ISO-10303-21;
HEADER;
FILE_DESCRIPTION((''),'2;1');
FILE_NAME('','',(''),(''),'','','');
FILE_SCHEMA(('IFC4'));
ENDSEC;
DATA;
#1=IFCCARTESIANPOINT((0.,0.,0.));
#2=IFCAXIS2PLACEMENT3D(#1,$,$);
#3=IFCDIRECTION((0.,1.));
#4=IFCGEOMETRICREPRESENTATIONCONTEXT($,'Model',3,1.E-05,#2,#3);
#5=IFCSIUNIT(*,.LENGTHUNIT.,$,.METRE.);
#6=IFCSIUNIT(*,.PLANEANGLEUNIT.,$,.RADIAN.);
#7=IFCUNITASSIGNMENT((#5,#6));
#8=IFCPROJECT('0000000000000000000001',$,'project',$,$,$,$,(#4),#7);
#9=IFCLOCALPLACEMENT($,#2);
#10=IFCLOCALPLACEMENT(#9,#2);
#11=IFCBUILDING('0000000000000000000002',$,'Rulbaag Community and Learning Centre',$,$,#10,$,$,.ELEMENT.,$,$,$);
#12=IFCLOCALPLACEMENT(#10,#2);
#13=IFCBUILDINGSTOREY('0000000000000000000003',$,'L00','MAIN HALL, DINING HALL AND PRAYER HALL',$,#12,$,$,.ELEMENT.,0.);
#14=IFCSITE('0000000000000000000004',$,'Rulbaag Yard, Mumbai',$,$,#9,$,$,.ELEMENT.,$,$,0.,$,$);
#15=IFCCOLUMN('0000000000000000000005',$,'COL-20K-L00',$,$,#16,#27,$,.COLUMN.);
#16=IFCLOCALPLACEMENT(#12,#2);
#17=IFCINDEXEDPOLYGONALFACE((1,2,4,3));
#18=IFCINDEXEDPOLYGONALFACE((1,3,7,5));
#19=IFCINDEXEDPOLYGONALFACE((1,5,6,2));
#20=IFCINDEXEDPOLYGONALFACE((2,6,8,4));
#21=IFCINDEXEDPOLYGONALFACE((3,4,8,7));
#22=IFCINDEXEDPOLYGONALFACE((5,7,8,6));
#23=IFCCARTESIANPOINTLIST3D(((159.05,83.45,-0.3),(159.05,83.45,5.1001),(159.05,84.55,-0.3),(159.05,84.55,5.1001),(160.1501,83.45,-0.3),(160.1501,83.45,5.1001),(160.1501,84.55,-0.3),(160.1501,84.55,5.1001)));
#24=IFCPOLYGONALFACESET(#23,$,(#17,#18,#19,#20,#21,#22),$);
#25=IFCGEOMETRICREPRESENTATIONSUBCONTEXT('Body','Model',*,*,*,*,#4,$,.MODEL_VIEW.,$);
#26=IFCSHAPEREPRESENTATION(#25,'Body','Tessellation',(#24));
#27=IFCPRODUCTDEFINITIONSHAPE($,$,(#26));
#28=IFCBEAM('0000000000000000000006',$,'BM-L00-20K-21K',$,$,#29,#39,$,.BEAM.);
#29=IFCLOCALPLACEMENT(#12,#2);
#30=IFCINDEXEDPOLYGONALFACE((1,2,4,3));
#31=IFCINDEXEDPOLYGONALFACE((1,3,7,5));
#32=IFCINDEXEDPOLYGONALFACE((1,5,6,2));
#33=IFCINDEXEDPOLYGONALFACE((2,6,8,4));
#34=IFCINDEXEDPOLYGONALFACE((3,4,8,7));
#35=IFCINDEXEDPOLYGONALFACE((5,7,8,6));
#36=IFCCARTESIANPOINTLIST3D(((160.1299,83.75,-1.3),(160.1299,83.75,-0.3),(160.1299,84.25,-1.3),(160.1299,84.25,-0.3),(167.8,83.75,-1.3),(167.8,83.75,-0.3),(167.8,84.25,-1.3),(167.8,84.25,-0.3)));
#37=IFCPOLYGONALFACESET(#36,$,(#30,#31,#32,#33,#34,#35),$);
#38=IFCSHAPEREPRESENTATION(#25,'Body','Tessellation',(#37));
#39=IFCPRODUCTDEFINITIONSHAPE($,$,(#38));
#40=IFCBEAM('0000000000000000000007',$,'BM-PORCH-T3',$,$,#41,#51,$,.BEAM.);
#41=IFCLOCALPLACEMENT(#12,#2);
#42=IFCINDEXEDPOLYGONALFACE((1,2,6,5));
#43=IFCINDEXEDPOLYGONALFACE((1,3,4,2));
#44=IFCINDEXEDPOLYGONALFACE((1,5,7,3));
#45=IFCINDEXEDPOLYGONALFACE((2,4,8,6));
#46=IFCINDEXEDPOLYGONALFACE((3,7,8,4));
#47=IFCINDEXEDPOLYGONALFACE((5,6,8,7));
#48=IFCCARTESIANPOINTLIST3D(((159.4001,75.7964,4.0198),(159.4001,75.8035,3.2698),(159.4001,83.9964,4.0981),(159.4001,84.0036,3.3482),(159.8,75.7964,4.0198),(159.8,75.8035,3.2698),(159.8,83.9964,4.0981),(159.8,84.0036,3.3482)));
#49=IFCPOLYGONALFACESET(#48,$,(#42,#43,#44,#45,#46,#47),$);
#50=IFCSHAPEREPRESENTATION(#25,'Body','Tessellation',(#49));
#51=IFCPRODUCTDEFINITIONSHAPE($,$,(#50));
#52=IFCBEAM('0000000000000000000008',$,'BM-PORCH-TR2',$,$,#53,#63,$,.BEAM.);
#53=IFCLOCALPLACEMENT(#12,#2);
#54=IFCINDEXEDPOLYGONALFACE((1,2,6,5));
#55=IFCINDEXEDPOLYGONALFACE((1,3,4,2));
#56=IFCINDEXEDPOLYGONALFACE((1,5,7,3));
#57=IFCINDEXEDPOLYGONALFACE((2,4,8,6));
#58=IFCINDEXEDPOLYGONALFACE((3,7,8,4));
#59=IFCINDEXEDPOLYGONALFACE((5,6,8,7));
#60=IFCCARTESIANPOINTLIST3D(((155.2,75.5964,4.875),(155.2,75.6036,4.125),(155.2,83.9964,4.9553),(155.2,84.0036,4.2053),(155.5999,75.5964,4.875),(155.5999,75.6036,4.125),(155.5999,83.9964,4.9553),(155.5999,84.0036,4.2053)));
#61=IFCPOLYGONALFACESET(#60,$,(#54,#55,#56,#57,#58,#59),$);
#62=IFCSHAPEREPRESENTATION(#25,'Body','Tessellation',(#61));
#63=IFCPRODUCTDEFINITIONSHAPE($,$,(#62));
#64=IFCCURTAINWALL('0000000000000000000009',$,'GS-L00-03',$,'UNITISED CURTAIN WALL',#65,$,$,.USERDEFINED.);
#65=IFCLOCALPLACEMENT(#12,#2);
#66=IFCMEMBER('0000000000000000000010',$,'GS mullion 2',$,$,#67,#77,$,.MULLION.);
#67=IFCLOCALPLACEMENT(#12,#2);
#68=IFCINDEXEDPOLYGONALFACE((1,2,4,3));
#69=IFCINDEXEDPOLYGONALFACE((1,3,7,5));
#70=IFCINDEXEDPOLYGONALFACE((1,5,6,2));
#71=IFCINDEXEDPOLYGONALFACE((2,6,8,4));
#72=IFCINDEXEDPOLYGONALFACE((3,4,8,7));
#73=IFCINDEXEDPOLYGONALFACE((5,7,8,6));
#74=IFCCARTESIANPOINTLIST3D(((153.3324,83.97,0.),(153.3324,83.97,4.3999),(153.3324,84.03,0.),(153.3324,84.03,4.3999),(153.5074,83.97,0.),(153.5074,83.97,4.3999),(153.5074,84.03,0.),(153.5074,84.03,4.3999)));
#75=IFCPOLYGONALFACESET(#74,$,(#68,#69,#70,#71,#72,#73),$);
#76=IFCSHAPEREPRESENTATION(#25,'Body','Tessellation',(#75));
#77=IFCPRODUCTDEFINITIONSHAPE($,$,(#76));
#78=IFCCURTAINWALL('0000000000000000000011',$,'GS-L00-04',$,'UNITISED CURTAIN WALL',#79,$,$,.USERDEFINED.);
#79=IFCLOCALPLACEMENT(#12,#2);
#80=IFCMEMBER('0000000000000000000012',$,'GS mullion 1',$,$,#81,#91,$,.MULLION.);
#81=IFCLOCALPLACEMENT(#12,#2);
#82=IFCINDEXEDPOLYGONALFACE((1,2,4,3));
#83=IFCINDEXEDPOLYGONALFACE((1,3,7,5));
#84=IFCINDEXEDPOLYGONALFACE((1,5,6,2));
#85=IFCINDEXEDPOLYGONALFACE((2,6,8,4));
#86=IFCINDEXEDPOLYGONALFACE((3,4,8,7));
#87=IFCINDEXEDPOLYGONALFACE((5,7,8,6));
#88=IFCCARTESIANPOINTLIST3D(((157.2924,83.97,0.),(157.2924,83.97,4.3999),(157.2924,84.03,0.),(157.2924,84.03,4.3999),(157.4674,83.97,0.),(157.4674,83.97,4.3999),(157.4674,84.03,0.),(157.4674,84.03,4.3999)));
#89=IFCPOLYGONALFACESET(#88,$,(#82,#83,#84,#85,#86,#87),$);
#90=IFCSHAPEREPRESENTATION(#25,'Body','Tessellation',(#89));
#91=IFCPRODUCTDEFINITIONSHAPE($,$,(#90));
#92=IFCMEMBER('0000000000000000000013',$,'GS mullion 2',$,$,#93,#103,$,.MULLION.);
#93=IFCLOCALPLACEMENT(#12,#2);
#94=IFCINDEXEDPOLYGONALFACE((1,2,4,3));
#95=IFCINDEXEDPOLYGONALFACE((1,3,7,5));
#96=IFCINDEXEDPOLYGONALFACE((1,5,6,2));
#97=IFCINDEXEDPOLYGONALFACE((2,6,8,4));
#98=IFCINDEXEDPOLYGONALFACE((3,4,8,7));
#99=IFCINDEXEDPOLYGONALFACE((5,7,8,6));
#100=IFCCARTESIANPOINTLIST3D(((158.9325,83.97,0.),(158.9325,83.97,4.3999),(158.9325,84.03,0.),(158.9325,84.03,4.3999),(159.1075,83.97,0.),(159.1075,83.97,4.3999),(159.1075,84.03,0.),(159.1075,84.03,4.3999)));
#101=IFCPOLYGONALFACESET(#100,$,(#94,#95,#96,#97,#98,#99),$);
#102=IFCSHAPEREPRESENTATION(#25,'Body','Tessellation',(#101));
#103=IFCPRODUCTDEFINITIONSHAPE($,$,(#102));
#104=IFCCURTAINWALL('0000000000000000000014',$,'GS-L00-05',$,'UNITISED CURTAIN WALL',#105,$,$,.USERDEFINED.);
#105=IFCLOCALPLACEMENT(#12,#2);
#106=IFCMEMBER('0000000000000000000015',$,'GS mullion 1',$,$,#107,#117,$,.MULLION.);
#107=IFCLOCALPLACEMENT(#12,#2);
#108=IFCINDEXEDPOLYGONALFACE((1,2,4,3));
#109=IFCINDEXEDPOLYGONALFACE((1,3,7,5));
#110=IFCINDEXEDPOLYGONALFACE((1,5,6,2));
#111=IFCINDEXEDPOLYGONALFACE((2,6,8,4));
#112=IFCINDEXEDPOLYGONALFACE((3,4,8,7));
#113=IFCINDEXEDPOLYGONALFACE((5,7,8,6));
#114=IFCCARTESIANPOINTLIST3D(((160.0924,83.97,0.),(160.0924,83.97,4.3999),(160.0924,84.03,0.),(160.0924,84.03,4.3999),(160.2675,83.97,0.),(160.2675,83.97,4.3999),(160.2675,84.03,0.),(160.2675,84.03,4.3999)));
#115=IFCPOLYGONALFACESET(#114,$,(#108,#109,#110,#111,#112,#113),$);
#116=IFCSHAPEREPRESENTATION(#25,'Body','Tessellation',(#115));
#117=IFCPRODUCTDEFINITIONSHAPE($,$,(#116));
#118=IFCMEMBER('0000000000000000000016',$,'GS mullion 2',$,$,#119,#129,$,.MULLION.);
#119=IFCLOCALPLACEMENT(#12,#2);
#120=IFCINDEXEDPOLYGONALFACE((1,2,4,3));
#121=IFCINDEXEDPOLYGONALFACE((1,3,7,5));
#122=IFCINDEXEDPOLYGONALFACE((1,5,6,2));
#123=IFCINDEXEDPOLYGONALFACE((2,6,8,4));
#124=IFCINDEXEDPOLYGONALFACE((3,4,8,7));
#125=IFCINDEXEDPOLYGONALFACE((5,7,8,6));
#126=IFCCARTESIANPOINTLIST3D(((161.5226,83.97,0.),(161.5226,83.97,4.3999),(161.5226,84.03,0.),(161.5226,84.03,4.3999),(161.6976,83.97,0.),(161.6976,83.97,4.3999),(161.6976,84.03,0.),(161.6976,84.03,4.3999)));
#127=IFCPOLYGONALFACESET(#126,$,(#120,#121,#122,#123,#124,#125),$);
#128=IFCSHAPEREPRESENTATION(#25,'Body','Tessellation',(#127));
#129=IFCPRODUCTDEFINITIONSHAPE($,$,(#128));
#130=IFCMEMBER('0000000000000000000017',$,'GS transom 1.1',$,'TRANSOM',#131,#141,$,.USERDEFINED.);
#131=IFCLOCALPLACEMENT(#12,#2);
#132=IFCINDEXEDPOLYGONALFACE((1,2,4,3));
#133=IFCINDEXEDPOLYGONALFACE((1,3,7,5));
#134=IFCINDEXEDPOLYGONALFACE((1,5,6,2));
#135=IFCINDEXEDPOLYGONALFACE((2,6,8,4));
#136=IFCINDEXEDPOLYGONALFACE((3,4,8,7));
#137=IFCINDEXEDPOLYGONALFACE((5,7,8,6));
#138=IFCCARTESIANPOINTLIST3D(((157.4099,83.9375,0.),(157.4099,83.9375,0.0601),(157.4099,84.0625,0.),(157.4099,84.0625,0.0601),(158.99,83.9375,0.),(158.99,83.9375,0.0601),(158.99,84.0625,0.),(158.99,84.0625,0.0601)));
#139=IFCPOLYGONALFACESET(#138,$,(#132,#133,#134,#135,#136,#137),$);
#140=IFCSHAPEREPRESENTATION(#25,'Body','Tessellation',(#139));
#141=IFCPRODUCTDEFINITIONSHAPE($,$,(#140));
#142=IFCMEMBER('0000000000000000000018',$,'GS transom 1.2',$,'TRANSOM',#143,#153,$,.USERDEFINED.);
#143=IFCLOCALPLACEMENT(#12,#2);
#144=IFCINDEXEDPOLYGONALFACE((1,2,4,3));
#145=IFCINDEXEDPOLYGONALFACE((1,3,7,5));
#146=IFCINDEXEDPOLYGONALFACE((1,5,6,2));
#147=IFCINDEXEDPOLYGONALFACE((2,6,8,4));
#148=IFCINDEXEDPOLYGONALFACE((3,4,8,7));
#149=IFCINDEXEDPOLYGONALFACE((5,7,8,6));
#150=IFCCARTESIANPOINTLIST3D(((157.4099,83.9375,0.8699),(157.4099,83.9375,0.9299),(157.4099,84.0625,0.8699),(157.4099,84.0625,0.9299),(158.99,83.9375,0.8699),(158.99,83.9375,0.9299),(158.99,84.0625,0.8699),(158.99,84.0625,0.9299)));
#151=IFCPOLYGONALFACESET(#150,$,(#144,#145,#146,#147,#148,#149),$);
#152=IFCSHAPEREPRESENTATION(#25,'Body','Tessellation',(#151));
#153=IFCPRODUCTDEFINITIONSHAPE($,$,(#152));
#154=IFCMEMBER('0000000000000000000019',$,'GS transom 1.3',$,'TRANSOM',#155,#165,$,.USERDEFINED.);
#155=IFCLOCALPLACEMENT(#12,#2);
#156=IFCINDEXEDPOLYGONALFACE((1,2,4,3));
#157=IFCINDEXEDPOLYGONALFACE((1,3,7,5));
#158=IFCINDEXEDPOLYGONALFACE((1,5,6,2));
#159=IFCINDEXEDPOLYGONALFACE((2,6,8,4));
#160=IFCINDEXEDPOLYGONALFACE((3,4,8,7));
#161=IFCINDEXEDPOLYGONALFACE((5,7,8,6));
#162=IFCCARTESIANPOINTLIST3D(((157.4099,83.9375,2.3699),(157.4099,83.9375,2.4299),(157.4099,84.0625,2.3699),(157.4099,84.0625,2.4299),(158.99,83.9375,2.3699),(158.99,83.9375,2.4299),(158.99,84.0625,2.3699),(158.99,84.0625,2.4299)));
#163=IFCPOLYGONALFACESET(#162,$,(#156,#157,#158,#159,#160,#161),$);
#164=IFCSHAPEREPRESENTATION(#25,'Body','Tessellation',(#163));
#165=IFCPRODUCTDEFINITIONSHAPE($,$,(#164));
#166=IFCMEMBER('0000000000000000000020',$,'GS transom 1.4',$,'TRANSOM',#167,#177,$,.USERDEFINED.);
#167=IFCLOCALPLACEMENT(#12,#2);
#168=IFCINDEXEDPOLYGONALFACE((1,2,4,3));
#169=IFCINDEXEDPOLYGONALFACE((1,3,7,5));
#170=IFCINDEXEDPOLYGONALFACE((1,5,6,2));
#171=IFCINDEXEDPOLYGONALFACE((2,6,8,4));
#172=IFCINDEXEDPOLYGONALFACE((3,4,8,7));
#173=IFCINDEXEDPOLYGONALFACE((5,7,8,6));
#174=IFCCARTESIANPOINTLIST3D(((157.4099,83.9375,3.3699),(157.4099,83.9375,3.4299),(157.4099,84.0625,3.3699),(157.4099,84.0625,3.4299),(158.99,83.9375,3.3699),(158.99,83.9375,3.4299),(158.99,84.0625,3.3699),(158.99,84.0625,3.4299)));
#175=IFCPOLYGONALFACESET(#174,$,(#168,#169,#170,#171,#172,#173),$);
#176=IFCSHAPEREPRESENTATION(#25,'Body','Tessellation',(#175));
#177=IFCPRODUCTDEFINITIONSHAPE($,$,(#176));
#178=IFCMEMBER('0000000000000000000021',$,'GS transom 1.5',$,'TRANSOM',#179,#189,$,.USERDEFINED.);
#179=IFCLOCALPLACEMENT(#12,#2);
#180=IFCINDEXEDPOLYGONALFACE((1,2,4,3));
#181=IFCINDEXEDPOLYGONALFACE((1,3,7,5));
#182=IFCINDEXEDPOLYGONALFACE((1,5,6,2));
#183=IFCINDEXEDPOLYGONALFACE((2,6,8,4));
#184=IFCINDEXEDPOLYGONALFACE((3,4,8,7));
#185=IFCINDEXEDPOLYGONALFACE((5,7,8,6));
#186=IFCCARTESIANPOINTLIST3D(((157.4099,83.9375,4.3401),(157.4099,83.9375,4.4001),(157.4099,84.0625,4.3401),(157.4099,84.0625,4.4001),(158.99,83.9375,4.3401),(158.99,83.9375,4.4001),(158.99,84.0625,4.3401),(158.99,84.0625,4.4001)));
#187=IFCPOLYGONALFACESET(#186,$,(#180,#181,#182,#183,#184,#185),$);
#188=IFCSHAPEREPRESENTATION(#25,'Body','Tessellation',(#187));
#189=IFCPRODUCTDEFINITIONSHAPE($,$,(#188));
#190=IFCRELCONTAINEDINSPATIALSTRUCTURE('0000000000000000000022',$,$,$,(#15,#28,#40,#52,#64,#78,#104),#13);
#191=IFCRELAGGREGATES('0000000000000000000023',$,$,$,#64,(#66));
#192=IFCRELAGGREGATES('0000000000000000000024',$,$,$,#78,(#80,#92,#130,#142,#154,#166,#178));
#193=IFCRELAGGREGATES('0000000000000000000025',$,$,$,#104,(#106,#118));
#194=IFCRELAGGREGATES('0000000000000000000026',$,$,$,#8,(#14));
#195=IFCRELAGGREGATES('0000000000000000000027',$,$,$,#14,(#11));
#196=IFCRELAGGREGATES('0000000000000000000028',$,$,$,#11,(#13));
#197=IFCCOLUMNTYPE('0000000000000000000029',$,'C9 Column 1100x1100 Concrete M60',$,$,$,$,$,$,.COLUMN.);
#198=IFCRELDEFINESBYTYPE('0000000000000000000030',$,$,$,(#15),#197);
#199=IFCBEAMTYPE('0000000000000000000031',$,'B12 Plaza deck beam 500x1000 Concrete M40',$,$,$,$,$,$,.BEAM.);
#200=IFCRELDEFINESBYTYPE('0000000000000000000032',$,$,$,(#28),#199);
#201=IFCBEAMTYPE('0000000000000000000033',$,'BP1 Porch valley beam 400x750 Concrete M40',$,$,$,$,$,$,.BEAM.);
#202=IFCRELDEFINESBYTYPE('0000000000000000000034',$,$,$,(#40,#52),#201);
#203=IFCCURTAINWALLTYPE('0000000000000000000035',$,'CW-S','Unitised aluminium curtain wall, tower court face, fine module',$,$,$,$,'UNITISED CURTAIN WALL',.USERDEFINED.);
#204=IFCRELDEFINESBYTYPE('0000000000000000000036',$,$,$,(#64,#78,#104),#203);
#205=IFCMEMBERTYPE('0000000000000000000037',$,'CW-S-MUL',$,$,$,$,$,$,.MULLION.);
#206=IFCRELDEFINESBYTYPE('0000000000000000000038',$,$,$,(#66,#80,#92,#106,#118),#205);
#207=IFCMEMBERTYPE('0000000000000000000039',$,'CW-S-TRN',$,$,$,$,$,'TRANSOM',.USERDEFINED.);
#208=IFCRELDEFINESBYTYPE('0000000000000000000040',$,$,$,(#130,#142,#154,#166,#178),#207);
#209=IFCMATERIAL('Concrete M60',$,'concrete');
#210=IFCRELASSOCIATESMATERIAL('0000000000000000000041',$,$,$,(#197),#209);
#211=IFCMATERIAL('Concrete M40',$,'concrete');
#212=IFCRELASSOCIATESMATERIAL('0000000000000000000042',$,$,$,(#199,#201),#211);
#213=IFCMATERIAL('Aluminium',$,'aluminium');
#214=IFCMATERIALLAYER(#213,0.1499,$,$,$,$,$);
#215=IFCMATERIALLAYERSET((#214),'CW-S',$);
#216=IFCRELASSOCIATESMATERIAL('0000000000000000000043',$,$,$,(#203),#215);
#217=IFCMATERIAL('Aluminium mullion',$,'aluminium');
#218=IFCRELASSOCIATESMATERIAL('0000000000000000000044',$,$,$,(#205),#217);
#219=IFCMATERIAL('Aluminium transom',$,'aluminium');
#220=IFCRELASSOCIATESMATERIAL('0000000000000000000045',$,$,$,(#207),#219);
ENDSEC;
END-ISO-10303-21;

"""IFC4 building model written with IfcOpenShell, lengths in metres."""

from ifc_helpers import new_model, si_unit, direction, frame, origin, origin_2d, place, context, subcontext, project, spatial, rectangle, extrude, material, layer, layer_set, material_profile, profile_set, type_object, element, aggregate, save


model = new_model("IFC4")

# Units and contexts
model_context = context("Model", 3, precision=1e-05, world=origin(), true_north=direction((0.0, 1.0)))
body_context = subcontext(model_context, "Body", "Model", "MODEL_VIEW")
ifc_project = project(units=[si_unit("LENGTHUNIT", "METRE"), si_unit("PLANEANGLEUNIT", "RADIAN")], contexts=[model_context])

# Site, building, storey
site_placement = place(None, origin())
site = spatial("IfcSite", under=ifc_project, at=site_placement, Name="Rulbaag Yard, Mumbai", CompositionType="ELEMENT", RefElevation=0.0)
building_placement = place(site_placement, origin())
building = spatial("IfcBuilding", under=site, at=building_placement, Name="Rulbaag Community and Learning Centre", CompositionType="ELEMENT")
storey_placement = place(building_placement, origin())
storey = spatial("IfcBuildingStorey", under=building, at=storey_placement, Name="L00", Description="MAIN HALL, DINING HALL AND PRAYER HALL", CompositionType="ELEMENT", Elevation=0.0)

# Column
ifc_material_1 = material(Name="Concrete M60", Category="concrete")
ifc_material_profile_1 = material_profile(ifc_material_1, rectangle(XDim=1.1001, YDim=1.1001, at=origin_2d()), Name="RC1100x1100")
ifc_profile_set_1 = profile_set([ifc_material_profile_1], Name="Concrete M60")
column_type = type_object("IfcColumnType", Name="C9 Column 1100x1100 Concrete M60", PredefinedType="COLUMN", material=ifc_profile_set_1)
column_placement = place(storey_placement, frame((159.6001, 84.0, -0.3), z_axis=(0.0, 0.0, 1.0), x_axis=(1.0, 0.0, 0.0)))
element("IfcColumn", 1, at=column_placement, inside=storey, type_object=column_type, Name="COL-20K-L00", PredefinedType="COLUMN", context=body_context, shape_type="SweptSolid", body=[
    extrude(rectangle(XDim=1.1001, YDim=1.1001, at=origin_2d()), origin(), (0.0, 0.0, 1.0), 5.4001),
])

# Beams
ifc_material_2 = material(Name="Concrete M40", Category="concrete")
ifc_material_profile_2 = material_profile(ifc_material_2, rectangle(XDim=0.5, YDim=1.0, at=origin_2d()), Name="RB500x1000")
ifc_profile_set_2 = profile_set([ifc_material_profile_2], Name="Concrete M40")
beam_type_1 = type_object("IfcBeamType", Name="B12 Plaza deck beam 500x1000 Concrete M40", PredefinedType="BEAM", material=ifc_profile_set_2)
beam_1_placement = place(storey_placement, frame((160.1299, 84.0, -0.8), z_axis=(1.0, 0.0, 0.0), x_axis=(0.0, 1.0, 0.0)))
element("IfcBeam", 2, at=beam_1_placement, inside=storey, type_object=beam_type_1, Name="BM-L00-20K-21K", PredefinedType="BEAM", context=body_context, shape_type="SweptSolid", body=[
    extrude(rectangle(XDim=0.5, YDim=1.0, at=origin_2d()), origin(), (0.0, 0.0, 1.0), 7.6702),
])
ifc_material_profile_3 = material_profile(ifc_material_2, rectangle(XDim=0.3999, YDim=0.75, at=origin_2d()), Name="RB400x750")
ifc_profile_set_3 = profile_set([ifc_material_profile_3], Name="Concrete M40")
beam_type_2 = type_object("IfcBeamType", Name="BP1 Porch valley beam 400x750 Concrete M40", PredefinedType="BEAM", material=ifc_profile_set_3)
beam_2_placement = place(storey_placement, frame((159.6001, 84.0, 3.7231), z_axis=(0.0, -0.999954, -0.009557), x_axis=(1.0, 0.0, 0.0)))
element("IfcBeam", 3, at=beam_2_placement, inside=storey, type_object=beam_type_2, Name="BM-PORCH-T3", PredefinedType="BEAM", context=body_context, shape_type="SweptSolid", body=[
    extrude(rectangle(XDim=0.3999, YDim=0.75, at=origin_2d()), origin(), (0.0, 0.0, 1.0), 8.2004),
])
beam_3_placement = place(storey_placement, frame((155.3999, 84.0, 4.5803), z_axis=(0.0, -0.999954, -0.009562), x_axis=(1.0, 0.0, 0.0)))
element("IfcBeam", 4, at=beam_3_placement, inside=storey, type_object=beam_type_2, Name="BM-PORCH-TR2", PredefinedType="BEAM", context=body_context, shape_type="SweptSolid", body=[
    extrude(rectangle(XDim=0.3999, YDim=0.75, at=origin_2d()), origin(), (0.0, 0.0, 1.0), 8.4004),
])

# Curtain wall, member
ifc_material_3 = material(Name="Aluminium", Category="aluminium")
ifc_layer_1 = layer(ifc_material_3, 0.1499)
ifc_layer_set_1 = layer_set([ifc_layer_1], Name="CW-S")
curtain_wall_type = type_object("IfcCurtainWallType", Name="CW-S", Description="Unitised aluminium curtain wall, tower court face, fine module", ElementType="UNITISED CURTAIN WALL", PredefinedType="USERDEFINED", material=ifc_layer_set_1)
curtain_wall_1_placement = place(storey_placement, origin())
curtain_wall_1 = element("IfcCurtainWall", 5, at=curtain_wall_1_placement, inside=storey, type_object=curtain_wall_type, Name="GS-L00-03", ObjectType="UNITISED CURTAIN WALL", PredefinedType="USERDEFINED")
ifc_material_4 = material(Name="Aluminium mullion", Category="aluminium")
ifc_material_profile_4 = material_profile(ifc_material_4, rectangle(XDim=0.0601, YDim=0.175, at=origin_2d()), Name="AL 60x175")
ifc_profile_set_4 = profile_set([ifc_material_profile_4], Name="Aluminium mullion")
member_type_1 = type_object("IfcMemberType", Name="CW-S-MUL", PredefinedType="MULLION", material=ifc_profile_set_4)
member_1_placement = place(storey_placement, frame((153.4199, 84.0, 0.0), z_axis=(0.0, 0.0, 1.0), x_axis=(0.0, 1.0, 0.0)))
member_1 = element("IfcMember", 6, at=member_1_placement, type_object=member_type_1, Name="GS mullion 2", PredefinedType="MULLION", context=body_context, shape_type="SweptSolid", body=[
    extrude(rectangle(XDim=0.0601, YDim=0.175, at=origin_2d()), origin(), (0.0, 0.0, 1.0), 4.3999),
])

# Curtain walls, members
curtain_wall_2_placement = place(storey_placement, origin())
curtain_wall_2 = element("IfcCurtainWall", 7, at=curtain_wall_2_placement, inside=storey, type_object=curtain_wall_type, Name="GS-L00-04", ObjectType="UNITISED CURTAIN WALL", PredefinedType="USERDEFINED")
member_2_placement = place(storey_placement, frame((157.3799, 84.0, 0.0), z_axis=(0.0, 0.0, 1.0), x_axis=(0.0, 1.0, 0.0)))
member_2 = element("IfcMember", 8, at=member_2_placement, type_object=member_type_1, Name="GS mullion 1", PredefinedType="MULLION", context=body_context, shape_type="SweptSolid", body=[
    extrude(rectangle(XDim=0.0601, YDim=0.175, at=origin_2d()), origin(), (0.0, 0.0, 1.0), 4.3999),
])
member_3_placement = place(storey_placement, frame((159.02, 84.0, 0.0), z_axis=(0.0, 0.0, 1.0), x_axis=(0.0, 1.0, 0.0)))
member_3 = element("IfcMember", 9, at=member_3_placement, type_object=member_type_1, Name="GS mullion 2", PredefinedType="MULLION", context=body_context, shape_type="SweptSolid", body=[
    extrude(rectangle(XDim=0.0601, YDim=0.175, at=origin_2d()), origin(), (0.0, 0.0, 1.0), 4.3999),
])
curtain_wall_3_placement = place(storey_placement, origin())
curtain_wall_3 = element("IfcCurtainWall", 10, at=curtain_wall_3_placement, inside=storey, type_object=curtain_wall_type, Name="GS-L00-05", ObjectType="UNITISED CURTAIN WALL", PredefinedType="USERDEFINED")
member_4_placement = place(storey_placement, frame((160.1799, 84.0, 0.0), z_axis=(0.0, 0.0, 1.0), x_axis=(0.0, 1.0, 0.0)))
member_4 = element("IfcMember", 11, at=member_4_placement, type_object=member_type_1, Name="GS mullion 1", PredefinedType="MULLION", context=body_context, shape_type="SweptSolid", body=[
    extrude(rectangle(XDim=0.0601, YDim=0.175, at=origin_2d()), origin(), (0.0, 0.0, 1.0), 4.3999),
])
member_5_placement = place(storey_placement, frame((161.6101, 84.0, 0.0), z_axis=(0.0, 0.0, 1.0), x_axis=(0.0, 1.0, 0.0)))
member_5 = element("IfcMember", 12, at=member_5_placement, type_object=member_type_1, Name="GS mullion 2", PredefinedType="MULLION", context=body_context, shape_type="SweptSolid", body=[
    extrude(rectangle(XDim=0.0601, YDim=0.175, at=origin_2d()), origin(), (0.0, 0.0, 1.0), 4.3999),
])

# Members
ifc_material_5 = material(Name="Aluminium transom", Category="aluminium")
ifc_material_profile_5 = material_profile(ifc_material_5, rectangle(XDim=0.125, YDim=0.0601, at=origin_2d()), Name="AL 60x125 T")
ifc_profile_set_5 = profile_set([ifc_material_profile_5], Name="Aluminium transom")
member_type_2 = type_object("IfcMemberType", Name="CW-S-TRN", ElementType="TRANSOM", PredefinedType="USERDEFINED", material=ifc_profile_set_5)
member_6_placement = place(storey_placement, frame((157.4099, 84.0, 0.03), z_axis=(1.0, 0.0, 0.0), x_axis=(0.0, 1.0, 0.0)))
member_6 = element("IfcMember", 13, at=member_6_placement, type_object=member_type_2, Name="GS transom 1.1", ObjectType="TRANSOM", PredefinedType="USERDEFINED", context=body_context, shape_type="SweptSolid", body=[
    extrude(rectangle(XDim=0.125, YDim=0.0601, at=origin_2d()), origin(), (0.0, 0.0, 1.0), 1.5801),
])
member_7_placement = place(storey_placement, frame((157.4099, 84.0, 0.8999), z_axis=(1.0, 0.0, 0.0), x_axis=(0.0, 1.0, 0.0)))
member_7 = element("IfcMember", 14, at=member_7_placement, type_object=member_type_2, Name="GS transom 1.2", ObjectType="TRANSOM", PredefinedType="USERDEFINED", context=body_context, shape_type="SweptSolid", body=[
    extrude(rectangle(XDim=0.125, YDim=0.0601, at=origin_2d()), origin(), (0.0, 0.0, 1.0), 1.5801),
])
member_8_placement = place(storey_placement, frame((157.4099, 84.0, 2.3999), z_axis=(1.0, 0.0, 0.0), x_axis=(0.0, 1.0, 0.0)))
member_8 = element("IfcMember", 15, at=member_8_placement, type_object=member_type_2, Name="GS transom 1.3", ObjectType="TRANSOM", PredefinedType="USERDEFINED", context=body_context, shape_type="SweptSolid", body=[
    extrude(rectangle(XDim=0.125, YDim=0.0601, at=origin_2d()), origin(), (0.0, 0.0, 1.0), 1.5801),
])
member_9_placement = place(storey_placement, frame((157.4099, 84.0, 3.3999), z_axis=(1.0, 0.0, 0.0), x_axis=(0.0, 1.0, 0.0)))
member_9 = element("IfcMember", 16, at=member_9_placement, type_object=member_type_2, Name="GS transom 1.4", ObjectType="TRANSOM", PredefinedType="USERDEFINED", context=body_context, shape_type="SweptSolid", body=[
    extrude(rectangle(XDim=0.125, YDim=0.0601, at=origin_2d()), origin(), (0.0, 0.0, 1.0), 1.5801),
])
member_10_placement = place(storey_placement, frame((157.4099, 84.0, 4.3701), z_axis=(1.0, 0.0, 0.0), x_axis=(0.0, 1.0, 0.0)))
member_10 = element("IfcMember", 17, at=member_10_placement, type_object=member_type_2, Name="GS transom 1.5", ObjectType="TRANSOM", PredefinedType="USERDEFINED", context=body_context, shape_type="SweptSolid", body=[
    extrude(rectangle(XDim=0.125, YDim=0.0601, at=origin_2d()), origin(), (0.0, 0.0, 1.0), 1.5801),
])

aggregate(curtain_wall_1, [member_1])
aggregate(curtain_wall_2, [member_2, member_3, member_6, member_7, member_8, member_9, member_10])
aggregate(curtain_wall_3, [member_4, member_5])

save(model, "model.ifc")
